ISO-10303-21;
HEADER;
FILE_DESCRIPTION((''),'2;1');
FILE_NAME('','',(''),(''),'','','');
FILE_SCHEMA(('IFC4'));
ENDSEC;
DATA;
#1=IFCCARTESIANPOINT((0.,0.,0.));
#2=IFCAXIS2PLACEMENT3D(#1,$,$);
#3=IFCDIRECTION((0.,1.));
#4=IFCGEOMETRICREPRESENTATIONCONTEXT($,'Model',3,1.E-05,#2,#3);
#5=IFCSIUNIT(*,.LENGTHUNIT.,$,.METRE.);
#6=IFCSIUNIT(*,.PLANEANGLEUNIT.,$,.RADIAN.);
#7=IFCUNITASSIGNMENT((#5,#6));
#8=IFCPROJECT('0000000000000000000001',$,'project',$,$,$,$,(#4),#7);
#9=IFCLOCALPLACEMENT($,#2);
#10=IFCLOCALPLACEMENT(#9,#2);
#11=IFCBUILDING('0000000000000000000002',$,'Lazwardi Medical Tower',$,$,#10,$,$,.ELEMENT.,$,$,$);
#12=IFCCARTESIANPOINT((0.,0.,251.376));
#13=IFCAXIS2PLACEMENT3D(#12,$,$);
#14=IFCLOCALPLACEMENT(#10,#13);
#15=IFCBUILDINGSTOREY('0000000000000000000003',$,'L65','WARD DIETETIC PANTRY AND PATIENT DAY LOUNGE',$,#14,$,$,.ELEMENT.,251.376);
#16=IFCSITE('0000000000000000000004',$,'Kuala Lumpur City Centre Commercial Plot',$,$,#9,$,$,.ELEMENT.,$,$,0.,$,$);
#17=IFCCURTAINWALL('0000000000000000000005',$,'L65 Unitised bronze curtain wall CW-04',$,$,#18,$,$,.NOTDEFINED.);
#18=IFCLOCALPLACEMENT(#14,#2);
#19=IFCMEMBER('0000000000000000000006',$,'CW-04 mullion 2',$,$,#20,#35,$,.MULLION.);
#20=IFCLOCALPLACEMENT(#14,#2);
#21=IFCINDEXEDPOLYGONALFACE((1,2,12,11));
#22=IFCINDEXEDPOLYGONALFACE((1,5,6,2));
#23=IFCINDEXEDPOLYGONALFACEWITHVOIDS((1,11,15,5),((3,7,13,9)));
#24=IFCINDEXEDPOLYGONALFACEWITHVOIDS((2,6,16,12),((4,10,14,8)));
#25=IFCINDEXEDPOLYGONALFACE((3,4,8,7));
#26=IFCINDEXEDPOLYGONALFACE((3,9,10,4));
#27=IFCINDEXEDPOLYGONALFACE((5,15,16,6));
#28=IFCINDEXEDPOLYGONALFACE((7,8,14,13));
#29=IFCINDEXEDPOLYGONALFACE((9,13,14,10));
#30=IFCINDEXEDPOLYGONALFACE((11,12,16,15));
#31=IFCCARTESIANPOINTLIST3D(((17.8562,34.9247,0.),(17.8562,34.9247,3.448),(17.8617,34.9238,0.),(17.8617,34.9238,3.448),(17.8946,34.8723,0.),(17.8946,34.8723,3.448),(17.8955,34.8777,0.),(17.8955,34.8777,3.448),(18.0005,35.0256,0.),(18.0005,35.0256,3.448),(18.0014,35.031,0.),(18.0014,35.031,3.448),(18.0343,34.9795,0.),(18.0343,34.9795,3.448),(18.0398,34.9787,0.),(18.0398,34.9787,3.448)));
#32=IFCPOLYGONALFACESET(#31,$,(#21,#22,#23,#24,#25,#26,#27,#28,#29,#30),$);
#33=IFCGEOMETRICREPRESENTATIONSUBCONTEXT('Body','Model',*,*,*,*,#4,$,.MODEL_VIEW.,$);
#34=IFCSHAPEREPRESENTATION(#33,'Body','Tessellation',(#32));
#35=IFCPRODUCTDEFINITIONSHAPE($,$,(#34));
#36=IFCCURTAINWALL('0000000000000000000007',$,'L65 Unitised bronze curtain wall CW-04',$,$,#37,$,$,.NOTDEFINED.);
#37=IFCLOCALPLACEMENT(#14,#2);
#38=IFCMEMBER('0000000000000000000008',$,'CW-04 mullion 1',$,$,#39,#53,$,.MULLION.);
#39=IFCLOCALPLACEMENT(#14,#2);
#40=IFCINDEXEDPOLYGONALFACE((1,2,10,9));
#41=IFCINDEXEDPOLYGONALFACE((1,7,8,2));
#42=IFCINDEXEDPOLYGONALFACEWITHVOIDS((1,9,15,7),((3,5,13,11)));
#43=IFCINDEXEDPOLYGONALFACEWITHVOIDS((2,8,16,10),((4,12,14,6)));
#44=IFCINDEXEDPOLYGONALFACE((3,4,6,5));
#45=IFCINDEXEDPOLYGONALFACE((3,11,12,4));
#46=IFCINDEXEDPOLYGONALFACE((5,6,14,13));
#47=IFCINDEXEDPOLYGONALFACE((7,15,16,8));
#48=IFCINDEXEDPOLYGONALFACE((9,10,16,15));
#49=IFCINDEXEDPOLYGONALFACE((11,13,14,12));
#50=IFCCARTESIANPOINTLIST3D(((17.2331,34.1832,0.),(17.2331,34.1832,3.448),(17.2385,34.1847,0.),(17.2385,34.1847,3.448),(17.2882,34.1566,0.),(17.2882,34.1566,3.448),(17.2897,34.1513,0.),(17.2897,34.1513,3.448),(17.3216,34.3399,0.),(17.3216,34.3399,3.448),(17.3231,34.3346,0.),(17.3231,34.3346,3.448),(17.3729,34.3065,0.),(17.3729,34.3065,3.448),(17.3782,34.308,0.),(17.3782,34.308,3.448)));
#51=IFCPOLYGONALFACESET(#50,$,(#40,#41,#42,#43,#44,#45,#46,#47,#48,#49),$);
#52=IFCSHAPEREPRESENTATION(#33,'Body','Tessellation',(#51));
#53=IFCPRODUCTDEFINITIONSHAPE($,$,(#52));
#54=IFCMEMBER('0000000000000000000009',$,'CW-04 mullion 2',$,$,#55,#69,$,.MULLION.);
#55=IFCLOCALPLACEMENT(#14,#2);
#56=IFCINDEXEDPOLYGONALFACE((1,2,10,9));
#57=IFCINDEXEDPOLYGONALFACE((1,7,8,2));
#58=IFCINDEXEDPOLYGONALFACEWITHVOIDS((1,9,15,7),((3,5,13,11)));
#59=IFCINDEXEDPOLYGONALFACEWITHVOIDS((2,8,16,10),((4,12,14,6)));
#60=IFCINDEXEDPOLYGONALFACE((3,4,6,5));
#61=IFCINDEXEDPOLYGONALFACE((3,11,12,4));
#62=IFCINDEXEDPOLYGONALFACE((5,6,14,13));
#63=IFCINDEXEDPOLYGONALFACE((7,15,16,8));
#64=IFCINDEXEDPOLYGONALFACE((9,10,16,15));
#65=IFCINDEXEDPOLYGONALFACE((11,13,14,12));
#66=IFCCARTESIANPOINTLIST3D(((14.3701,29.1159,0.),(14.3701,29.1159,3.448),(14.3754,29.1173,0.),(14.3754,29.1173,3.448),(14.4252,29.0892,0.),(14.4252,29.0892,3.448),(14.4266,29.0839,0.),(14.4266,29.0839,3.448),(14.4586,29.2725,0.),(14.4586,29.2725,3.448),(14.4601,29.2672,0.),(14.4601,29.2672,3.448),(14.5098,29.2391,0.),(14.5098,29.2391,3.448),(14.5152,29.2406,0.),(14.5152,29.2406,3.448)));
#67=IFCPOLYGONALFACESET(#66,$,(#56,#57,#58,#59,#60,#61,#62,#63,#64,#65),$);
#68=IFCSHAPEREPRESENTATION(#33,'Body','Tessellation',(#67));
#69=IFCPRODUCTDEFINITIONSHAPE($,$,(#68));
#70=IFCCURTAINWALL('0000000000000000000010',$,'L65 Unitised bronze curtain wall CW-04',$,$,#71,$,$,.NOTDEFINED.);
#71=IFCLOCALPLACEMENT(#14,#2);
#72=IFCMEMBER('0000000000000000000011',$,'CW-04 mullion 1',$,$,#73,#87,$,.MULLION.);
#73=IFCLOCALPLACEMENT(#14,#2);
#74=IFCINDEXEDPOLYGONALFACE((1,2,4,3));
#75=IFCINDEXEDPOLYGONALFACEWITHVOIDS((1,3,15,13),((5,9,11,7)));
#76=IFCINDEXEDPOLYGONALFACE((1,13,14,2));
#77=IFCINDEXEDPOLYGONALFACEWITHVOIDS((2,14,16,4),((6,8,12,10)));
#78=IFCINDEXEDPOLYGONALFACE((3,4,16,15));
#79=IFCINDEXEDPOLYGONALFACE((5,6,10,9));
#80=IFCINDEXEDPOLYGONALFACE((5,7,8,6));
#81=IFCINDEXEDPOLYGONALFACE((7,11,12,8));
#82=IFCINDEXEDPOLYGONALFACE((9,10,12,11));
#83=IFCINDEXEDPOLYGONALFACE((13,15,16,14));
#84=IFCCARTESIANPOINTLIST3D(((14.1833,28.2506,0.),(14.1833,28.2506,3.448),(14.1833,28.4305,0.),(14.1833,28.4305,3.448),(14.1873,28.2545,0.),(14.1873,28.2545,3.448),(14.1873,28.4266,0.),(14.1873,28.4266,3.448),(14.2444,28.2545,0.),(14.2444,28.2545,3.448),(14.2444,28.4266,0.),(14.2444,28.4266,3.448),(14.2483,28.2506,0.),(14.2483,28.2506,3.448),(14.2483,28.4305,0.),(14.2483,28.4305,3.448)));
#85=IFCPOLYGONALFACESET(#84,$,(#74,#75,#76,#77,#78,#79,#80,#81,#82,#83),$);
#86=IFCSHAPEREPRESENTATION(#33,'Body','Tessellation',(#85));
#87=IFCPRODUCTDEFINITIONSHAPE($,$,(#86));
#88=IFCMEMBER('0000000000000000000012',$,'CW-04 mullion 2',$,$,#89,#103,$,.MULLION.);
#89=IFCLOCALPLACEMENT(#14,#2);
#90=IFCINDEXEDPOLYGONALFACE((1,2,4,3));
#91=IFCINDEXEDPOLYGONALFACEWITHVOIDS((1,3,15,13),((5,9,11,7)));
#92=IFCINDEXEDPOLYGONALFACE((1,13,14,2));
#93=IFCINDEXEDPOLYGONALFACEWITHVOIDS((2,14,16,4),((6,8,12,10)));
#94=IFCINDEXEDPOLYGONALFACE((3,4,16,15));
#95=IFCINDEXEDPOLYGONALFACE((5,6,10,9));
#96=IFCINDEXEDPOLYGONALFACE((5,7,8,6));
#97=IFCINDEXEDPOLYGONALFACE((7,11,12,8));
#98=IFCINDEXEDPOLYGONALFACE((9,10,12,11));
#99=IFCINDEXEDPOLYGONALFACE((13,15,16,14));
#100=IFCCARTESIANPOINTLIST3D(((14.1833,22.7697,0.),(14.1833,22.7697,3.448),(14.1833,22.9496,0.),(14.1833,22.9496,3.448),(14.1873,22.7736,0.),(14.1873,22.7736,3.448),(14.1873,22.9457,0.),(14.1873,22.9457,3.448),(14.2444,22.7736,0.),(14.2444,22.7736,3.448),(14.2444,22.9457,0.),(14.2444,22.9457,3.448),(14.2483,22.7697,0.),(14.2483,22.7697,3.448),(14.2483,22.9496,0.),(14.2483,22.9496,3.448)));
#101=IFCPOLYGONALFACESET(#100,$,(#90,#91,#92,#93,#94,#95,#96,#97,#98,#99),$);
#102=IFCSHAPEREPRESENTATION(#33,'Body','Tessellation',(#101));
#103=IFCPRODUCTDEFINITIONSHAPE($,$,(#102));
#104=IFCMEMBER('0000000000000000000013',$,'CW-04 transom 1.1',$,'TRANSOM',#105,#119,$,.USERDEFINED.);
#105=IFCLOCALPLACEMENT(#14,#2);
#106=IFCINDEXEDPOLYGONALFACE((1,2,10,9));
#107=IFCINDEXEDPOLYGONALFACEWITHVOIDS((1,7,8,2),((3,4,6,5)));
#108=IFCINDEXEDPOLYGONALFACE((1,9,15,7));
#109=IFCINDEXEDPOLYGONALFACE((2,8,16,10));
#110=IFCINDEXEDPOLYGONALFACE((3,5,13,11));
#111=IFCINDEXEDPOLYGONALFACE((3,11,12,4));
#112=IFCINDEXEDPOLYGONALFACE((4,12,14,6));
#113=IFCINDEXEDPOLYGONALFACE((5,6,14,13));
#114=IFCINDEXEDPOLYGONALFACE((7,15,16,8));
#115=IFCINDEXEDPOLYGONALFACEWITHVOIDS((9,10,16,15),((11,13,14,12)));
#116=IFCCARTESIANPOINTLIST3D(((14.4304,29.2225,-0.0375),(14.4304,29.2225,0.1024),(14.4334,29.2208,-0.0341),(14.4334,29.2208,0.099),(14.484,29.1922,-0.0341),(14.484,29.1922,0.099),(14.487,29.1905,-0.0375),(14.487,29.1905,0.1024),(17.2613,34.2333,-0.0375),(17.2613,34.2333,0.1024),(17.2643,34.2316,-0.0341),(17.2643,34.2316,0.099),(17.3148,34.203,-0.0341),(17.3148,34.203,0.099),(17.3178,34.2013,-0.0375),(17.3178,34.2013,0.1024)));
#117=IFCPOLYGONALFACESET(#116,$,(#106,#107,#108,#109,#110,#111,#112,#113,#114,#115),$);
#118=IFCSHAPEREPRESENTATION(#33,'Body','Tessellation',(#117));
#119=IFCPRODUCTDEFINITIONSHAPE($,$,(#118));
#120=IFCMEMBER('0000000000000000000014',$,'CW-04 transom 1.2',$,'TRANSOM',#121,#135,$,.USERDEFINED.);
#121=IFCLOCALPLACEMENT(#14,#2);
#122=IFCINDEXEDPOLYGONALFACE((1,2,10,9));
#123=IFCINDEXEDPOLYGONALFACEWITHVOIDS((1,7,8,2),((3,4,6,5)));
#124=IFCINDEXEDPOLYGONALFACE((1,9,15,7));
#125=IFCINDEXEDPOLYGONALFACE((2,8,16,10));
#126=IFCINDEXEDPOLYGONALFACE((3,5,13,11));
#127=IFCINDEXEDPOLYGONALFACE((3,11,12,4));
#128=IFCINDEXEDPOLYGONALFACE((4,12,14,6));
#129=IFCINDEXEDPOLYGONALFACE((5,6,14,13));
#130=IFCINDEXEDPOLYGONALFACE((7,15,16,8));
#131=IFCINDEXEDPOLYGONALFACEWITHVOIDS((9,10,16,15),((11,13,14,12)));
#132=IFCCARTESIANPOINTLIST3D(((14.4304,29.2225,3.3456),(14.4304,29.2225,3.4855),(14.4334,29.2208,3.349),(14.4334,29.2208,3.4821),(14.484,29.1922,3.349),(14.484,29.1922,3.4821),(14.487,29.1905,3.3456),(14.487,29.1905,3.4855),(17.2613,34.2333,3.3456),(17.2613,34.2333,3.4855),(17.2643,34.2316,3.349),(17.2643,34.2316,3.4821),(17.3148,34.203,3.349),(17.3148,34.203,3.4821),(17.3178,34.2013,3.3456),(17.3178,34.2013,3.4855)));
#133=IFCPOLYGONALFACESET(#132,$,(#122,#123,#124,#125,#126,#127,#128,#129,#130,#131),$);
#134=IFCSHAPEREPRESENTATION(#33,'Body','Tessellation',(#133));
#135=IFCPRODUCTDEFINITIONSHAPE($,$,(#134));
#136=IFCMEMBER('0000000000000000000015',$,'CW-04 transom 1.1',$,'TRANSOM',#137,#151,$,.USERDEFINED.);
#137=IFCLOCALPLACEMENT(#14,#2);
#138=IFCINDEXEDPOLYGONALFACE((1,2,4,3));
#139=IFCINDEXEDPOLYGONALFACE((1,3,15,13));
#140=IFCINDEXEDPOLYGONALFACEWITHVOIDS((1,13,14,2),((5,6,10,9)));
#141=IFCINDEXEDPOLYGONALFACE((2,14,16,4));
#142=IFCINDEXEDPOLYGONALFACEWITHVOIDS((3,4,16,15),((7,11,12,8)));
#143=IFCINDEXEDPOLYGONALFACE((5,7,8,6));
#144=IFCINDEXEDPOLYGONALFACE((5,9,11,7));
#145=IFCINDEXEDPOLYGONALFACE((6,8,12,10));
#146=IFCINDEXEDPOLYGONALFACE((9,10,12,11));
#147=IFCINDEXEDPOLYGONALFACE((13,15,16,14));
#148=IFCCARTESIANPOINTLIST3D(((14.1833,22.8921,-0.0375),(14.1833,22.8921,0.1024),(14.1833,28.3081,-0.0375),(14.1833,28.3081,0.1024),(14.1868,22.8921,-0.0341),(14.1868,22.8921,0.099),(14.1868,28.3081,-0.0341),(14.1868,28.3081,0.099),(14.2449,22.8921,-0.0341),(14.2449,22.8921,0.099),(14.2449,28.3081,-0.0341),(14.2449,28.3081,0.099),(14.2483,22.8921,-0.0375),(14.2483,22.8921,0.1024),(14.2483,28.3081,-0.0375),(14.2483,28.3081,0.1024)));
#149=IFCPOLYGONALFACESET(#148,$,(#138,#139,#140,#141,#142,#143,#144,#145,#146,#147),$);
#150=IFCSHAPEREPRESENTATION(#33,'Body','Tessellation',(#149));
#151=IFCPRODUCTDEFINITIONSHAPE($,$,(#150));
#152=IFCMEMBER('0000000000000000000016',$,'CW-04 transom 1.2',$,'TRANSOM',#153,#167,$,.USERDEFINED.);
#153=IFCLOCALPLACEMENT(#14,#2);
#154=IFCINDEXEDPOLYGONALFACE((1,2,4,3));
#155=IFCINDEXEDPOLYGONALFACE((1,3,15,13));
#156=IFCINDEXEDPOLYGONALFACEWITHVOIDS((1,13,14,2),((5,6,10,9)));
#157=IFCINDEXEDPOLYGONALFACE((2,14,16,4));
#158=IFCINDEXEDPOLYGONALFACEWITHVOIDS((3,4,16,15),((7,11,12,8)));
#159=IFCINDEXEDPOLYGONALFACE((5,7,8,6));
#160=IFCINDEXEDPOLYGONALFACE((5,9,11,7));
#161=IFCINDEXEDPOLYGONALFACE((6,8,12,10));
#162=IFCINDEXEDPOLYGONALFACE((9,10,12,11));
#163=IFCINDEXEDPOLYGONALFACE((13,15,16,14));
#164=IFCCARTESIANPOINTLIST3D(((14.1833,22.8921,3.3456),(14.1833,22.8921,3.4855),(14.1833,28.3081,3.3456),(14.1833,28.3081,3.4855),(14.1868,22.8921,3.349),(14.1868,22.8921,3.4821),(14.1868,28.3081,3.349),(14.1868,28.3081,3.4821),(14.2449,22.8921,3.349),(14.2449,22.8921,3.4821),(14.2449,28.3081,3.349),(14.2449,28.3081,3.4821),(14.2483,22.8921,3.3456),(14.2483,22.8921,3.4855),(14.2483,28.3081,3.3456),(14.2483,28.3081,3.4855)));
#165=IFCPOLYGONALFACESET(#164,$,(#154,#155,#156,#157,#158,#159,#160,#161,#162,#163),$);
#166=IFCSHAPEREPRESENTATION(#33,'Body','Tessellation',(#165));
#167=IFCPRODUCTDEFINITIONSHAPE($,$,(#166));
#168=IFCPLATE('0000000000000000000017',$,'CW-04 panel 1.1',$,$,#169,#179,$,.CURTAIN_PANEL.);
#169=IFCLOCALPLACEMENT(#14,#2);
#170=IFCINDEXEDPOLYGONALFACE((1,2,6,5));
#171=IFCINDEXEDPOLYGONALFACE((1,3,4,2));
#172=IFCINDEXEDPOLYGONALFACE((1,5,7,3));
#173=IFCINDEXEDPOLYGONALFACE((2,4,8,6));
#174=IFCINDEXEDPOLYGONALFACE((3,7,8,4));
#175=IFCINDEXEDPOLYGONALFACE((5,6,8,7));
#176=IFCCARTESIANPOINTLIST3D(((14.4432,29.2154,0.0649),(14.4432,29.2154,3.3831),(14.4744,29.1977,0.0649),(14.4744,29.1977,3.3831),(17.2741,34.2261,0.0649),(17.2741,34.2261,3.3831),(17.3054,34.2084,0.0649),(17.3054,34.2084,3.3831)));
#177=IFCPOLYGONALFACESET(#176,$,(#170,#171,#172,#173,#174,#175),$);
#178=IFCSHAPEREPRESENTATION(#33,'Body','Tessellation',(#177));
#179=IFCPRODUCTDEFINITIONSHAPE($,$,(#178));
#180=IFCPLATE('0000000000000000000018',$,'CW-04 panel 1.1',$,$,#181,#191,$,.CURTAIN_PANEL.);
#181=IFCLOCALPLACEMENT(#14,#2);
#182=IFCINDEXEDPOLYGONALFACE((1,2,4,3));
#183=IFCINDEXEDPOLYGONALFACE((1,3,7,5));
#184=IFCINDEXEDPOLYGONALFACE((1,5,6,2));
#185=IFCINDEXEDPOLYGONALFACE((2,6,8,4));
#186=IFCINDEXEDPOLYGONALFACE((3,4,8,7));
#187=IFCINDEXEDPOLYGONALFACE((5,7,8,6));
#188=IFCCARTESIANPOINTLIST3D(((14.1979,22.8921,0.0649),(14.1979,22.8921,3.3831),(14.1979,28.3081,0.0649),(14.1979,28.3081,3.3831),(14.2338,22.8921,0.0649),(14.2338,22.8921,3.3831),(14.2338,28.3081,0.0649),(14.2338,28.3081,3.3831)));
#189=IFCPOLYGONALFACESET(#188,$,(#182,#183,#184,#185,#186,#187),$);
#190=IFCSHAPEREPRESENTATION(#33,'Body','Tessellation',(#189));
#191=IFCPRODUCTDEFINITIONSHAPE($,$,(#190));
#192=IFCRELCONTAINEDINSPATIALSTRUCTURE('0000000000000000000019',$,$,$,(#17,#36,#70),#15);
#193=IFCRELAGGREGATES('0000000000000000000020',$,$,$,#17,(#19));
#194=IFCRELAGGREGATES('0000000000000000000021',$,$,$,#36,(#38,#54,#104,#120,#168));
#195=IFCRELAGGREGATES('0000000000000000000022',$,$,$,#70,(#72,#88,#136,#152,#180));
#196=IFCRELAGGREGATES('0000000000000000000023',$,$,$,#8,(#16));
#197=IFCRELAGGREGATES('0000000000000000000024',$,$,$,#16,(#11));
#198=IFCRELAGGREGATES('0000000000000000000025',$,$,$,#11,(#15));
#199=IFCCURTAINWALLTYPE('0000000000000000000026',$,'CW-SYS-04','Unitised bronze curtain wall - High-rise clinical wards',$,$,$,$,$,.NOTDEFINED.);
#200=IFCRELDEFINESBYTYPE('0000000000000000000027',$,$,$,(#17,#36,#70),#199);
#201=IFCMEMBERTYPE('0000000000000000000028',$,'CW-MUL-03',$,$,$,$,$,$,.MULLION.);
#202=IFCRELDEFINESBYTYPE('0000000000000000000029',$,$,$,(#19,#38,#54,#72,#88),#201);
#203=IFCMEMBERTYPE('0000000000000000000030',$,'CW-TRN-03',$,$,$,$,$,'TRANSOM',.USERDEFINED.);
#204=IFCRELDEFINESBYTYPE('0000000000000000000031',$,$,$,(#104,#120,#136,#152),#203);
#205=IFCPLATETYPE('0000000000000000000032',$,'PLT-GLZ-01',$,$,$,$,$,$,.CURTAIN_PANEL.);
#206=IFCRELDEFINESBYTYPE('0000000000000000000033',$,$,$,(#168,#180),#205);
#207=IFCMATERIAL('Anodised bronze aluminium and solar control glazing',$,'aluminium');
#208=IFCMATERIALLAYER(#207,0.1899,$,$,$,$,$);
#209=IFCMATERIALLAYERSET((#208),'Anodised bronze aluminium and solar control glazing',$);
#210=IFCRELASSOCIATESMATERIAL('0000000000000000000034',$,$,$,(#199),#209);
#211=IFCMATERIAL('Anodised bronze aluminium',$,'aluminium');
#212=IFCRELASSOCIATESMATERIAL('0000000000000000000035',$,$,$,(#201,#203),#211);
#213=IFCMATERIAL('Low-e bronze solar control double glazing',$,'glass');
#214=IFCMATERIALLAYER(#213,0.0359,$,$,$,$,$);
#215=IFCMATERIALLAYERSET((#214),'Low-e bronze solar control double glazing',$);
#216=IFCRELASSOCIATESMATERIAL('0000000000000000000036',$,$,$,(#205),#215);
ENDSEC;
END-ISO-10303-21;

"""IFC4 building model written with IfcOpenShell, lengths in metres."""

from ifc_helpers import new_model, si_unit, direction, frame, origin, origin_2d, place, context, subcontext, project, spatial, rectangle, hollow_rectangle, extrude, material, layer, layer_set, material_profile, profile_set, type_object, element, aggregate, save


model = new_model("IFC4")

# Units and contexts
model_context = context("Model", 3, precision=1e-05, world=origin(), true_north=direction((0.0, 1.0)))
body_context = subcontext(model_context, "Body", "Model", "MODEL_VIEW")
ifc_project = project(units=[si_unit("LENGTHUNIT", "METRE"), si_unit("PLANEANGLEUNIT", "RADIAN")], contexts=[model_context])

# Site, building, storey
site_placement = place(None, origin())
site = spatial("IfcSite", under=ifc_project, at=site_placement, Name="Kuala Lumpur City Centre Commercial Plot", CompositionType="ELEMENT", RefElevation=0.0)
building_placement = place(site_placement, origin())
building = spatial("IfcBuilding", under=site, at=building_placement, Name="Lazwardi Medical Tower", CompositionType="ELEMENT")
storey_placement = place(building_placement, frame((0.0, 0.0, 251.376)))
storey = spatial("IfcBuildingStorey", under=building, at=storey_placement, Name="L65", Description="WARD DIETETIC PANTRY AND PATIENT DAY LOUNGE", CompositionType="ELEMENT", Elevation=251.376)

# Curtain wall, member
ifc_material_1 = material(Name="Anodised bronze aluminium and solar control glazing", Category="aluminium")
ifc_layer_1 = layer(ifc_material_1, 0.1899)
ifc_layer_set_1 = layer_set([ifc_layer_1], Name="Anodised bronze aluminium and solar control glazing")
curtain_wall_type = type_object("IfcCurtainWallType", Name="CW-SYS-04", Description="Unitised bronze curtain wall - High-rise clinical wards", PredefinedType="NOTDEFINED", material=ifc_layer_set_1)
curtain_wall_1_placement = place(storey_placement, origin())
curtain_wall_1 = element("IfcCurtainWall", 1, at=curtain_wall_1_placement, inside=storey, type_object=curtain_wall_type, Name="L65 Unitised bronze curtain wall CW-04", PredefinedType="NOTDEFINED")
ifc_material_2 = material(Name="Anodised bronze aluminium", Category="aluminium")
ifc_material_profile_1 = material_profile(ifc_material_2, hollow_rectangle(XDim=0.0649, YDim=0.1799, WallThickness=0.0039, at=origin_2d()), Name="ALU-MULLION 180x65x4")
ifc_profile_set_1 = profile_set([ifc_material_profile_1], Name="Anodised bronze aluminium")
member_type_1 = type_object("IfcMemberType", Name="CW-MUL-03", PredefinedType="MULLION", material=ifc_profile_set_1)
member_1_placement = place(storey_placement, frame((17.948, 34.9517, 0.0), z_axis=(0.0, 0.0, 1.0), x_axis=(0.591268, -0.806475, 0.0)))
member_1 = element("IfcMember", 2, at=member_1_placement, type_object=member_type_1, Name="CW-04 mullion 2", PredefinedType="MULLION", context=body_context, shape_type="SweptSolid", body=[
    extrude(hollow_rectangle(XDim=0.0649, YDim=0.1799, WallThickness=0.0039, at=origin_2d()), origin(), (0.0, 0.0, 1.0), 3.448),
])
aggregate(curtain_wall_1, [member_1])

# Curtain walls, members
curtain_wall_2_placement = place(storey_placement, origin())
curtain_wall_2 = element("IfcCurtainWall", 3, at=curtain_wall_2_placement, inside=storey, type_object=curtain_wall_type, Name="L65 Unitised bronze curtain wall CW-04", PredefinedType="NOTDEFINED")
member_2_placement = place(storey_placement, frame((17.3057, 34.2456, 0.0), z_axis=(0.0, 0.0, 1.0), x_axis=(0.870651, -0.4919, 0.0)))
member_2 = element("IfcMember", 4, at=member_2_placement, type_object=member_type_1, Name="CW-04 mullion 1", PredefinedType="MULLION", context=body_context, shape_type="SweptSolid", body=[
    extrude(hollow_rectangle(XDim=0.0649, YDim=0.1799, WallThickness=0.0039, at=origin_2d()), origin(), (0.0, 0.0, 1.0), 3.448),
])
member_3_placement = place(storey_placement, frame((14.4426, 29.1782, 0.0), z_axis=(0.0, 0.0, 1.0), x_axis=(0.870651, -0.4919, 0.0)))
member_3 = element("IfcMember", 5, at=member_3_placement, type_object=member_type_1, Name="CW-04 mullion 2", PredefinedType="MULLION", context=body_context, shape_type="SweptSolid", body=[
    extrude(hollow_rectangle(XDim=0.0649, YDim=0.1799, WallThickness=0.0039, at=origin_2d()), origin(), (0.0, 0.0, 1.0), 3.448),
])
curtain_wall_3_placement = place(storey_placement, origin())
curtain_wall_3 = element("IfcCurtainWall", 6, at=curtain_wall_3_placement, inside=storey, type_object=curtain_wall_type, Name="L65 Unitised bronze curtain wall CW-04", PredefinedType="NOTDEFINED")
member_4_placement = place(storey_placement, frame((14.2158, 28.3406, 0.0), z_axis=(0.0, 0.0, 1.0), x_axis=(1.0, 0.0, 0.0)))
member_4 = element("IfcMember", 7, at=member_4_placement, type_object=member_type_1, Name="CW-04 mullion 1", PredefinedType="MULLION", context=body_context, shape_type="SweptSolid", body=[
    extrude(hollow_rectangle(XDim=0.0649, YDim=0.1799, WallThickness=0.0039, at=origin_2d()), origin(), (0.0, 0.0, 1.0), 3.448),
])
member_5_placement = place(storey_placement, frame((14.2158, 22.8596, 0.0), z_axis=(0.0, 0.0, 1.0), x_axis=(1.0, 0.0, 0.0)))
member_5 = element("IfcMember", 8, at=member_5_placement, type_object=member_type_1, Name="CW-04 mullion 2", PredefinedType="MULLION", context=body_context, shape_type="SweptSolid", body=[
    extrude(hollow_rectangle(XDim=0.0649, YDim=0.1799, WallThickness=0.0039, at=origin_2d()), origin(), (0.0, 0.0, 1.0), 3.448),
])

# Members
ifc_material_profile_2 = material_profile(ifc_material_2, hollow_rectangle(XDim=0.0649, YDim=0.1399, WallThickness=0.0034, at=origin_2d()), Name="ALU-TRANSOM 140x65x3.5")
ifc_profile_set_2 = profile_set([ifc_material_profile_2], Name="Anodised bronze aluminium")
member_type_2 = type_object("IfcMemberType", Name="CW-TRN-03", ElementType="TRANSOM", PredefinedType="USERDEFINED", material=ifc_profile_set_2)
member_6_placement = place(storey_placement, frame((17.2896, 34.2173, 0.0325), z_axis=(-0.49188, -0.870663, 0.0), x_axis=(0.870663, -0.49188, 0.0)))
member_6 = element("IfcMember", 9, at=member_6_placement, type_object=member_type_2, Name="CW-04 transom 1.1", ObjectType="TRANSOM", PredefinedType="USERDEFINED", context=body_context, shape_type="SweptSolid", body=[
    extrude(hollow_rectangle(XDim=0.0649, YDim=0.1399, WallThickness=0.0034, at=origin_2d()), origin(), (0.0, 0.0, 1.0), 5.7551),
])
member_7_placement = place(storey_placement, frame((17.2896, 34.2173, 3.4155), z_axis=(-0.49188, -0.870663, 0.0), x_axis=(0.870663, -0.49188, 0.0)))
member_7 = element("IfcMember", 10, at=member_7_placement, type_object=member_type_2, Name="CW-04 transom 1.2", ObjectType="TRANSOM", PredefinedType="USERDEFINED", context=body_context, shape_type="SweptSolid", body=[
    extrude(hollow_rectangle(XDim=0.0649, YDim=0.1399, WallThickness=0.0034, at=origin_2d()), origin(), (0.0, 0.0, 1.0), 5.7551),
])
member_8_placement = place(storey_placement, frame((14.2158, 28.3081, 0.0325), z_axis=(0.0, -1.0, 0.0), x_axis=(1.0, 0.0, 0.0)))
member_8 = element("IfcMember", 11, at=member_8_placement, type_object=member_type_2, Name="CW-04 transom 1.1", ObjectType="TRANSOM", PredefinedType="USERDEFINED", context=body_context, shape_type="SweptSolid", body=[
    extrude(hollow_rectangle(XDim=0.0649, YDim=0.1399, WallThickness=0.0034, at=origin_2d()), origin(), (0.0, 0.0, 1.0), 5.416),
])
member_9_placement = place(storey_placement, frame((14.2158, 28.3081, 3.4155), z_axis=(0.0, -1.0, 0.0), x_axis=(1.0, 0.0, 0.0)))
member_9 = element("IfcMember", 12, at=member_9_placement, type_object=member_type_2, Name="CW-04 transom 1.2", ObjectType="TRANSOM", PredefinedType="USERDEFINED", context=body_context, shape_type="SweptSolid", body=[
    extrude(hollow_rectangle(XDim=0.0649, YDim=0.1399, WallThickness=0.0034, at=origin_2d()), origin(), (0.0, 0.0, 1.0), 5.416),
])

# Plates
ifc_material_3 = material(Name="Low-e bronze solar control double glazing", Category="glass")
ifc_layer_2 = layer(ifc_material_3, 0.0359)
ifc_layer_set_2 = layer_set([ifc_layer_2], Name="Low-e bronze solar control double glazing")
plate_type = type_object("IfcPlateType", Name="PLT-GLZ-01", PredefinedType="CURTAIN_PANEL", material=ifc_layer_set_2)
plate_1_placement = place(storey_placement, frame((15.8743, 31.7119, 0.0649), z_axis=(0.0, 0.0, 1.0), x_axis=(-0.4919, -0.870651, 0.0)))
plate_1 = element("IfcPlate", 13, at=plate_1_placement, type_object=plate_type, Name="CW-04 panel 1.1", PredefinedType="CURTAIN_PANEL", context=body_context, shape_type="SweptSolid", body=[
    extrude(rectangle(XDim=5.7551, YDim=0.0359, at=origin_2d()), origin(), (0.0, 0.0, 1.0), 3.3181),
])
aggregate(curtain_wall_2, [member_2, member_3, member_6, member_7, plate_1])
plate_2_placement = place(storey_placement, frame((14.2158, 25.6001, 0.0649), z_axis=(0.0, 0.0, 1.0), x_axis=(0.0, -1.0, 0.0)))
plate_2 = element("IfcPlate", 14, at=plate_2_placement, type_object=plate_type, Name="CW-04 panel 1.1", PredefinedType="CURTAIN_PANEL", context=body_context, shape_type="SweptSolid", body=[
    extrude(rectangle(XDim=5.416, YDim=0.0359, at=origin_2d()), origin(), (0.0, 0.0, 1.0), 3.3181),
])
aggregate(curtain_wall_3, [member_4, member_5, member_8, member_9, plate_2])

save(model, "model.ifc")
